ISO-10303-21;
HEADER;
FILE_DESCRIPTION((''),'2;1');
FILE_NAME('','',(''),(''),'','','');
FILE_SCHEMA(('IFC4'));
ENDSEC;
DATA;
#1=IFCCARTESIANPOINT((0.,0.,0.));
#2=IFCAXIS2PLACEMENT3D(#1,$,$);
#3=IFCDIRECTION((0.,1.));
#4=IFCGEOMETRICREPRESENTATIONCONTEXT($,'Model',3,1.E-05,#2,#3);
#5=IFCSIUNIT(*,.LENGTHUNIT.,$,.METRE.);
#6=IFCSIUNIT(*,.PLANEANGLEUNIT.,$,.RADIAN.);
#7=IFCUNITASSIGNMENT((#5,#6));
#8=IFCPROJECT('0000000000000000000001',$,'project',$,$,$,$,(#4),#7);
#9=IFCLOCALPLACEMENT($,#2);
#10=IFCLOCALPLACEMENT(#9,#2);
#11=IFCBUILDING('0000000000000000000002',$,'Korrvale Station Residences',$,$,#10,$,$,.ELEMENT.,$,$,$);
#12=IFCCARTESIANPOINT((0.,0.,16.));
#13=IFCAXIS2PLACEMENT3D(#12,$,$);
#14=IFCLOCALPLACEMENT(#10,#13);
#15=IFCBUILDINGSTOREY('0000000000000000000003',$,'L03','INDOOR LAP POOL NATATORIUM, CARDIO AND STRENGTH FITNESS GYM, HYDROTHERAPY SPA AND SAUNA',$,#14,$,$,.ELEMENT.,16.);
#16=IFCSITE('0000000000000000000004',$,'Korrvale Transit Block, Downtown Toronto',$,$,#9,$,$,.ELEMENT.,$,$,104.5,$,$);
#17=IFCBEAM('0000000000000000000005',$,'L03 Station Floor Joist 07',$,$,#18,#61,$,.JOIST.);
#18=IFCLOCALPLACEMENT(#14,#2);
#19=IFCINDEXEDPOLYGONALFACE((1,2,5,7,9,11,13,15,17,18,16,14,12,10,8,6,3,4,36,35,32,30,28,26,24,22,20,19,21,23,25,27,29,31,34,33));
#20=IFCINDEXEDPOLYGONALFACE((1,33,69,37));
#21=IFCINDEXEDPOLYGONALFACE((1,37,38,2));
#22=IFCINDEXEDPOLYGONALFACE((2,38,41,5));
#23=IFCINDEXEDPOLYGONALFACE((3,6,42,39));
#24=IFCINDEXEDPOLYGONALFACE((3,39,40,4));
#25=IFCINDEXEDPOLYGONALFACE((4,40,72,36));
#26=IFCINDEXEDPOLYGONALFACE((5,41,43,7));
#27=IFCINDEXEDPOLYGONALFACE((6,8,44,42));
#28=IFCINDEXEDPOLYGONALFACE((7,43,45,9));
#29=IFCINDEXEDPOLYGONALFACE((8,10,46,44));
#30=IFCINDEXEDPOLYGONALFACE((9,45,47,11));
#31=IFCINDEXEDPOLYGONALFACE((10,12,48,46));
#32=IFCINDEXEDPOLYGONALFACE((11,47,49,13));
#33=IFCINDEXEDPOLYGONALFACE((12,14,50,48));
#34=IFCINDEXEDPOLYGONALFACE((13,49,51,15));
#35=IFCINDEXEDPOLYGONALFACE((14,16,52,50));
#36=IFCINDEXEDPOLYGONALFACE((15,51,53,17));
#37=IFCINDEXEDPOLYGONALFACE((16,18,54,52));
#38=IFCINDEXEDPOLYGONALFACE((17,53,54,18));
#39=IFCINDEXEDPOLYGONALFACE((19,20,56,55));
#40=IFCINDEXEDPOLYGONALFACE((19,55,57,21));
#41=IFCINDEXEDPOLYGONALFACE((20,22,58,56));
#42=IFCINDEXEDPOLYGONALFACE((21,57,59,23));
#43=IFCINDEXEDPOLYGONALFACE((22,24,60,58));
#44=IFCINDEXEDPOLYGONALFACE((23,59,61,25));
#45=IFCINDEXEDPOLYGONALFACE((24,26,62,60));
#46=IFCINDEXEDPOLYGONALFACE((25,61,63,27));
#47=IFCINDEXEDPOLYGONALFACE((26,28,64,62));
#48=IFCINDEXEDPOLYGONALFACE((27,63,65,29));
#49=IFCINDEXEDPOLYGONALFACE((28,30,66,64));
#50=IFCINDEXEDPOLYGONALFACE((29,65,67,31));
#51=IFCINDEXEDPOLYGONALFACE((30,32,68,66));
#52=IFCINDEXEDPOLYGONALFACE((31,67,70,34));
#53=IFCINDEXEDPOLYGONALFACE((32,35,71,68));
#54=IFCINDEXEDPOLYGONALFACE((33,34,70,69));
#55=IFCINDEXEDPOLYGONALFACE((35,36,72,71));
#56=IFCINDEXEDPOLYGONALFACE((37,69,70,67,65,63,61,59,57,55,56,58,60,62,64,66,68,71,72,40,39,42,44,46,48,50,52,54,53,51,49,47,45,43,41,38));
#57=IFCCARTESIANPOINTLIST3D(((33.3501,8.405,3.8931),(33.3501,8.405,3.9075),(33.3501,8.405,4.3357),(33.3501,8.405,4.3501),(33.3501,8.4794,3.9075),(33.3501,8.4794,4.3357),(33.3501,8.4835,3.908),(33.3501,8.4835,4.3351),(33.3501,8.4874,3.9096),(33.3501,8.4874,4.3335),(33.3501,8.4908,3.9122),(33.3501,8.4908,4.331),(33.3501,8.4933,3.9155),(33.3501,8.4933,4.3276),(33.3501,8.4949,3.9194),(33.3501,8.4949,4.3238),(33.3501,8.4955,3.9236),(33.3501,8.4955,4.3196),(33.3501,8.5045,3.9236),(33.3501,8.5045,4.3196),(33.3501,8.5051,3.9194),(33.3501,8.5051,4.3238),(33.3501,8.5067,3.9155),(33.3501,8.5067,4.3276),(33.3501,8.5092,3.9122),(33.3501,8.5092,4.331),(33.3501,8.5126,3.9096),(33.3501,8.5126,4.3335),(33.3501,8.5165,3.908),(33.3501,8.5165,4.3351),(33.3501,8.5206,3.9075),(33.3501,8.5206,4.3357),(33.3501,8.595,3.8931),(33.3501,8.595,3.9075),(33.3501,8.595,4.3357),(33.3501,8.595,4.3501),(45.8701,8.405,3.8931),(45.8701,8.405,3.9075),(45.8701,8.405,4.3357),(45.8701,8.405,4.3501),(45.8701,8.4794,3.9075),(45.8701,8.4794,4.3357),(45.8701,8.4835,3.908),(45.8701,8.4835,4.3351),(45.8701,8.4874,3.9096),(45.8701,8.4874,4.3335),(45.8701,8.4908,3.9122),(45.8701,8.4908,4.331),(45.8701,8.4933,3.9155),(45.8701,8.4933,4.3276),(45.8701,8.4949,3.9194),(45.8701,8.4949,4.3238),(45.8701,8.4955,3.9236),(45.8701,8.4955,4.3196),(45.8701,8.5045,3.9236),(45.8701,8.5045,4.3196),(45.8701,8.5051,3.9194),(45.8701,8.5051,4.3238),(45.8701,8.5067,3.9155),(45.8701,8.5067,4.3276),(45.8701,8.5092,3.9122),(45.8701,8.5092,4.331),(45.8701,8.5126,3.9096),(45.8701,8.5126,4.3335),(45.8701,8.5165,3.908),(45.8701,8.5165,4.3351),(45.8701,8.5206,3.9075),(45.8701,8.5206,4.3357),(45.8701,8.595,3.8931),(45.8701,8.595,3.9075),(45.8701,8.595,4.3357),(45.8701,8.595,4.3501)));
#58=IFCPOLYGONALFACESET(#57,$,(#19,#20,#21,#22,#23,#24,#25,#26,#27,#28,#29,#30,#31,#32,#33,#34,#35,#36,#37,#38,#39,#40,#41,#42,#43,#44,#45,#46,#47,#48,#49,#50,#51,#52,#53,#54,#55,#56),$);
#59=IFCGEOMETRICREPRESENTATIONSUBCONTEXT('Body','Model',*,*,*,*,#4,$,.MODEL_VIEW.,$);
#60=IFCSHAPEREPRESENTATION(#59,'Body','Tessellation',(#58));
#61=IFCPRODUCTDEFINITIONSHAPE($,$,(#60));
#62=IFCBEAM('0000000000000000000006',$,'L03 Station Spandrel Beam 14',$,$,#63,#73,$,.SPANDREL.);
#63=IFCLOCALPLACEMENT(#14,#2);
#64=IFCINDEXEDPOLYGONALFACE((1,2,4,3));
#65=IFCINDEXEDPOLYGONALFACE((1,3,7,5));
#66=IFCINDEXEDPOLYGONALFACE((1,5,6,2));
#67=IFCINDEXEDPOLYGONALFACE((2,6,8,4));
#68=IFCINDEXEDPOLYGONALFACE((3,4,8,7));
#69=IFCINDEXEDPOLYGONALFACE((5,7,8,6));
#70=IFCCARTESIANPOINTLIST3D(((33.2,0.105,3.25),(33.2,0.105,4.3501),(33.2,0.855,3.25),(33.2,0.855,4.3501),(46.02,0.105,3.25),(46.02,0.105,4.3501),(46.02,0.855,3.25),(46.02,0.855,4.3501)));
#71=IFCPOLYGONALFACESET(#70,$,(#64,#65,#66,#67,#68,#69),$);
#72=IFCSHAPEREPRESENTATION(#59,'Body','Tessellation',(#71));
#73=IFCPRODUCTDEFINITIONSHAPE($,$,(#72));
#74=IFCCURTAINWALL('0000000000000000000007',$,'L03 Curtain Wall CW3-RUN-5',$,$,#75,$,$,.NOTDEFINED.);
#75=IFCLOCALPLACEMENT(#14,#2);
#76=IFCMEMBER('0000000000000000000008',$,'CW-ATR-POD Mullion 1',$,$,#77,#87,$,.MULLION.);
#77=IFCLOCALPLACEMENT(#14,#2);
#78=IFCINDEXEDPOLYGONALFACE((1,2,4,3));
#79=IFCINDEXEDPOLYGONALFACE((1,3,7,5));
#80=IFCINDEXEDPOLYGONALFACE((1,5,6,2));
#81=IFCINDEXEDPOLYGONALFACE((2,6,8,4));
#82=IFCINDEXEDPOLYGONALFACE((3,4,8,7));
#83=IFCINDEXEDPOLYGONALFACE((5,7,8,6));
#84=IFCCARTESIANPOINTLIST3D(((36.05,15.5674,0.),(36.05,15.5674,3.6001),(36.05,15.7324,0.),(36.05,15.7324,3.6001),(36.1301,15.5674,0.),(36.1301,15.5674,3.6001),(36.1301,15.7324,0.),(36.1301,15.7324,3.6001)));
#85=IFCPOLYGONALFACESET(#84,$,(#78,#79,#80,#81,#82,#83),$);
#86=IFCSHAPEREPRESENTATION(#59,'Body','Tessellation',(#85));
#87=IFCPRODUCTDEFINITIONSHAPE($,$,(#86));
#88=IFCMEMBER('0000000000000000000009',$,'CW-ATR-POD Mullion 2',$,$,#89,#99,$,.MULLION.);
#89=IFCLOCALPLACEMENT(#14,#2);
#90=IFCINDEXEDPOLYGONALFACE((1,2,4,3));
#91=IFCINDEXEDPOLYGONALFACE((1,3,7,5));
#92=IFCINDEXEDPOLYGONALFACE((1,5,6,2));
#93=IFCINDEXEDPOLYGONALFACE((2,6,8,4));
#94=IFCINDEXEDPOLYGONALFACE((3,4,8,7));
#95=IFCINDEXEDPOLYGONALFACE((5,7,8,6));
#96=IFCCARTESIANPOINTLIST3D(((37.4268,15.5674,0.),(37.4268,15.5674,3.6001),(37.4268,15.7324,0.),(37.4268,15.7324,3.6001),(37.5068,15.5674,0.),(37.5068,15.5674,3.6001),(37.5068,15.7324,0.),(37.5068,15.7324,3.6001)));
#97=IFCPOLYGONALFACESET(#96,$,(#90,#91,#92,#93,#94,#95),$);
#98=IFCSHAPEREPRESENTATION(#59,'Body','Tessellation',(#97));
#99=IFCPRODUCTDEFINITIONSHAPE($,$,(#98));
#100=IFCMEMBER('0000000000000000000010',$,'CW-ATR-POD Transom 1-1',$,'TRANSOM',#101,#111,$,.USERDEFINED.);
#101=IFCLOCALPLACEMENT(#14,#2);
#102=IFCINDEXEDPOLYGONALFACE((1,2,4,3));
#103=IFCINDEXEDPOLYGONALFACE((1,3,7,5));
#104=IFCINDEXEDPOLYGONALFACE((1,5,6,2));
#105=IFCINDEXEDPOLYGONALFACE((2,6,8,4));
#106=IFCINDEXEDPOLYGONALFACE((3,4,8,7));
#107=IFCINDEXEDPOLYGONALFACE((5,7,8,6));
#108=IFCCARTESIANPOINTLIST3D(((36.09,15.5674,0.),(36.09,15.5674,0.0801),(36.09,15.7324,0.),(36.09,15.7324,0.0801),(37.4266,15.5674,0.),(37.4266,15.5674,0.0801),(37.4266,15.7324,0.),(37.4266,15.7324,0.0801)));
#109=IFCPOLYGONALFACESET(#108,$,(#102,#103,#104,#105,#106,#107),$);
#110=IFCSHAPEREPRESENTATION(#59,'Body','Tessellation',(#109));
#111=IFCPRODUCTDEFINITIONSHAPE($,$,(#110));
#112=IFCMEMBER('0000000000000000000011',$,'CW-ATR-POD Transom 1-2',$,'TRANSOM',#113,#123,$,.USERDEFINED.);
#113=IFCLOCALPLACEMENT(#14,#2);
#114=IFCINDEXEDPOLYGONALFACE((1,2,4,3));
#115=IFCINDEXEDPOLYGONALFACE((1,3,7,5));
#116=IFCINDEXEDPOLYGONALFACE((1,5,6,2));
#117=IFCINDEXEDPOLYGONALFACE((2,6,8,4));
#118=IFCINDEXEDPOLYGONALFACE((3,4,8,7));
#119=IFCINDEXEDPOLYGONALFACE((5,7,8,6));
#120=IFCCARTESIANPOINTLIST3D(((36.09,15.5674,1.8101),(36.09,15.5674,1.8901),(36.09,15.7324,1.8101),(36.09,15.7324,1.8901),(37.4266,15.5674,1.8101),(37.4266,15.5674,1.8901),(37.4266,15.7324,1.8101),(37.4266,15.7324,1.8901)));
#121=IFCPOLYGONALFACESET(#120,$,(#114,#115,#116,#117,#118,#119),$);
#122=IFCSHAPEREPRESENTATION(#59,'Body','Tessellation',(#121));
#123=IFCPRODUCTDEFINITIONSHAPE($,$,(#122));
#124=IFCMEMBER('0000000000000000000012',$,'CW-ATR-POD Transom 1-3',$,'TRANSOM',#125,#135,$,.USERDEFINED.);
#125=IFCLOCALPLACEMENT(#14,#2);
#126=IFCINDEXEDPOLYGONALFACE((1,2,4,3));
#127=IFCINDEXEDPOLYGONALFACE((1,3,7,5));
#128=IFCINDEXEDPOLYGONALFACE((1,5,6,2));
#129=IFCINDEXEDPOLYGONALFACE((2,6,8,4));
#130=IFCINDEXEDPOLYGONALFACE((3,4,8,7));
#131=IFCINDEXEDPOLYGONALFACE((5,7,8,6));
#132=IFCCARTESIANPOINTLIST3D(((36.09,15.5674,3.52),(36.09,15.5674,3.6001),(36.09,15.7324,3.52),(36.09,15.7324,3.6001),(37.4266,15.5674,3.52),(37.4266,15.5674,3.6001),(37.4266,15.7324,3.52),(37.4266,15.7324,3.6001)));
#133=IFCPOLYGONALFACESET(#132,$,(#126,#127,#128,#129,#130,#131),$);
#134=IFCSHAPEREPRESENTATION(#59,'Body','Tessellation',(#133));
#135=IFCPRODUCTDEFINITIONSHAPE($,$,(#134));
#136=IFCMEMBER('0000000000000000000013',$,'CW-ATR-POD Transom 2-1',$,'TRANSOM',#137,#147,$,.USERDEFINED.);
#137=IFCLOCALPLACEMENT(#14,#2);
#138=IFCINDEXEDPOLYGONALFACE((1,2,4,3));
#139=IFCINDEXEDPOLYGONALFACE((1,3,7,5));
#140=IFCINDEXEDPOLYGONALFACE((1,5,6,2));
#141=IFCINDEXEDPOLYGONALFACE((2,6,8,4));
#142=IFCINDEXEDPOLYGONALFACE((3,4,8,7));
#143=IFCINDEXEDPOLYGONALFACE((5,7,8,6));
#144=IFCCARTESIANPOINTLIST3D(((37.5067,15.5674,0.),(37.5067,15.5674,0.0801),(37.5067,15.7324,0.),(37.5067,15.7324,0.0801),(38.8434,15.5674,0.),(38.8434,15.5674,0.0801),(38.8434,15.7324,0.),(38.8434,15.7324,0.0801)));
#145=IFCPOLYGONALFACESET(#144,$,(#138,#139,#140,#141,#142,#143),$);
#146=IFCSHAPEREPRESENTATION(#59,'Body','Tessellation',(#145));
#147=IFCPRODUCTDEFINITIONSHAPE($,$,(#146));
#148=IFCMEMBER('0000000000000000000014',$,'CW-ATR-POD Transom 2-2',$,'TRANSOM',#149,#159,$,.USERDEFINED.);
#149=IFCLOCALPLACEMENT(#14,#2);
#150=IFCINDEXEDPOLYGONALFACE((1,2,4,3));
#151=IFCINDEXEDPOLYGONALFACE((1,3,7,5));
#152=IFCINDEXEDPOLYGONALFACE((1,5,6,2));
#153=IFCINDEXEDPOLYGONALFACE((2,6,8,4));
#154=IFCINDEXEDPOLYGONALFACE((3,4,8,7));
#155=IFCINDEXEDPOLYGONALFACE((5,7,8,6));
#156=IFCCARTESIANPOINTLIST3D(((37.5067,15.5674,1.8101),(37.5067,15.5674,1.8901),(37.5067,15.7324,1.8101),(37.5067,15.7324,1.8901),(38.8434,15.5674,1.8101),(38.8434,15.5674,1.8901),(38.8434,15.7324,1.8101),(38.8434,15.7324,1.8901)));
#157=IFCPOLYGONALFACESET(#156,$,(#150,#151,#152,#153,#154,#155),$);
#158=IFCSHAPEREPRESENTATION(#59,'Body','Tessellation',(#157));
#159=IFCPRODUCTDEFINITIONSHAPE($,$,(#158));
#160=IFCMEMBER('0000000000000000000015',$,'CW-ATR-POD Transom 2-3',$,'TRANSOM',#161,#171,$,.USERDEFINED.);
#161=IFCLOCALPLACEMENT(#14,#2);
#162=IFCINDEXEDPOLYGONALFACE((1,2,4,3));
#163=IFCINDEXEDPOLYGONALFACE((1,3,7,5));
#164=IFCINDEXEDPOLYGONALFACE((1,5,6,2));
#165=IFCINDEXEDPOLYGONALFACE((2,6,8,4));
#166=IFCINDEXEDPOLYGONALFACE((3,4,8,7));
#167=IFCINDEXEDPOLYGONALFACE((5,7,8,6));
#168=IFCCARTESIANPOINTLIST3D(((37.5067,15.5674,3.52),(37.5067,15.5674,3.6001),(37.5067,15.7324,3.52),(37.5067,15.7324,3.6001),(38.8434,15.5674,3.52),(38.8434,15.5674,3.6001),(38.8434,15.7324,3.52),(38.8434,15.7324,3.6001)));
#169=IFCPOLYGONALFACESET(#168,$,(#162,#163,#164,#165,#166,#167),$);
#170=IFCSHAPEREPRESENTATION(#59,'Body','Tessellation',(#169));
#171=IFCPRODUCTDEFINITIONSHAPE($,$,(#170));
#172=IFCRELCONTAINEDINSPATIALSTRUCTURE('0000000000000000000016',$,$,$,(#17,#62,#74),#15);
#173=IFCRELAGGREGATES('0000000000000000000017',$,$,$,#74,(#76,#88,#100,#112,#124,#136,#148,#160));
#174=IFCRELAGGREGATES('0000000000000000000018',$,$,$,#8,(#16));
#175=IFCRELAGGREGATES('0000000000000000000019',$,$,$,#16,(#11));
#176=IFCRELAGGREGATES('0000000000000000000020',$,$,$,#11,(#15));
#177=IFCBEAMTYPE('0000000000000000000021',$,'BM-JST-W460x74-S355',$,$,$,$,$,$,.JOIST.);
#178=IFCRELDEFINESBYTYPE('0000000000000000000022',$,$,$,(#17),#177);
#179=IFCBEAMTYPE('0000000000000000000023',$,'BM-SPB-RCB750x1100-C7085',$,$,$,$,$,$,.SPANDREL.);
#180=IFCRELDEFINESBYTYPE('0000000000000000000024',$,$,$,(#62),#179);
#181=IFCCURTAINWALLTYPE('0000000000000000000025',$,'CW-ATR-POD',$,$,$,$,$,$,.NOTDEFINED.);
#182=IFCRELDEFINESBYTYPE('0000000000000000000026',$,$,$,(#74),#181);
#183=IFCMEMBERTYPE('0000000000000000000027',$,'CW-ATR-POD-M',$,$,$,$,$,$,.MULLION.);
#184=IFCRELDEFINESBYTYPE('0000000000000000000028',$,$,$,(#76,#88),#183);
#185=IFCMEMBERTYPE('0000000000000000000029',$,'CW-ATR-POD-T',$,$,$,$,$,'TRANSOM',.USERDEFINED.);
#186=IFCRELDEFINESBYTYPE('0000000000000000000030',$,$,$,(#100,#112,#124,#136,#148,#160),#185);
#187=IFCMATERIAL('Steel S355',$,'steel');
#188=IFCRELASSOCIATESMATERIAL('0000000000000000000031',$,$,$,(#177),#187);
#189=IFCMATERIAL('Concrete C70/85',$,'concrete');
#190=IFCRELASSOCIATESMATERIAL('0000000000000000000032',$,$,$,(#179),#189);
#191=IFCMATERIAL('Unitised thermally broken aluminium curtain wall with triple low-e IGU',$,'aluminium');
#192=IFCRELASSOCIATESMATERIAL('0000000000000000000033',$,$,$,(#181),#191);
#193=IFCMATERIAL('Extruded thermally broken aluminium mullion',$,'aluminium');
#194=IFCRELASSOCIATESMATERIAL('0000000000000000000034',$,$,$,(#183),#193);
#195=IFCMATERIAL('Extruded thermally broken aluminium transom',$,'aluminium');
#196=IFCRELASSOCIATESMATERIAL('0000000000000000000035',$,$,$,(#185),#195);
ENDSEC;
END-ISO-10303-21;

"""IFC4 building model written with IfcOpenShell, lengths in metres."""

from ifc_helpers import new_model, si_unit, direction, frame, origin, origin_2d, place, context, subcontext, project, spatial, rectangle, i_section, extrude, material, material_profile, profile_set, type_object, element, aggregate, save


model = new_model("IFC4")

# Units and contexts
model_context = context("Model", 3, precision=1e-05, world=origin(), true_north=direction((0.0, 1.0)))
body_context = subcontext(model_context, "Body", "Model", "MODEL_VIEW")
ifc_project = project(units=[si_unit("LENGTHUNIT", "METRE"), si_unit("PLANEANGLEUNIT", "RADIAN")], contexts=[model_context])

# Site, building, storey
site_placement = place(None, origin())
site = spatial("IfcSite", under=ifc_project, at=site_placement, Name="Korrvale Transit Block, Downtown Toronto", CompositionType="ELEMENT", RefElevation=104.5)
building_placement = place(site_placement, origin())
building = spatial("IfcBuilding", under=site, at=building_placement, Name="Korrvale Station Residences", CompositionType="ELEMENT")
storey_placement = place(building_placement, frame((0.0, 0.0, 16.0)))
storey = spatial("IfcBuildingStorey", under=building, at=storey_placement, Name="L03", Description="INDOOR LAP POOL NATATORIUM, CARDIO AND STRENGTH FITNESS GYM, HYDROTHERAPY SPA AND SAUNA", CompositionType="ELEMENT", Elevation=16.0)

# Shared definitions
ifc_material_1 = material(Name="Concrete C70/85", Category="concrete")

# Beams
ifc_material_2 = material(Name="Steel S355", Category="steel")
ifc_material_profile_1 = material_profile(ifc_material_2, i_section(OverallWidth=0.1899, OverallDepth=0.457, WebThickness=0.009, FlangeThickness=0.0144, FilletRadius=0.0161, at=origin_2d()), Name="W460x74")
ifc_profile_set_1 = profile_set([ifc_material_profile_1], Name="Steel S355")
beam_type_1 = type_object("IfcBeamType", Name="BM-JST-W460x74-S355", PredefinedType="JOIST", material=ifc_profile_set_1)
beam_1_placement = place(storey_placement, frame((33.3501, 8.5, 4.1216), z_axis=(1.0, 0.0, 0.0), x_axis=(0.0, 1.0, 0.0)))
element("IfcBeam", 1, at=beam_1_placement, inside=storey, type_object=beam_type_1, Name="L03 Station Floor Joist 07", PredefinedType="JOIST", context=body_context, shape_type="SweptSolid", body=[
    extrude(i_section(OverallWidth=0.1899, OverallDepth=0.457, WebThickness=0.009, FlangeThickness=0.0144, FilletRadius=0.0161, at=origin_2d()), origin(), (0.0, 0.0, 1.0), 12.52),
])
ifc_material_profile_2 = material_profile(ifc_material_1, rectangle(XDim=0.75, YDim=1.1001, at=origin_2d()), Name="RCB750x1100")
ifc_profile_set_2 = profile_set([ifc_material_profile_2], Name="Concrete C70/85")
beam_type_2 = type_object("IfcBeamType", Name="BM-SPB-RCB750x1100-C7085", PredefinedType="SPANDREL", material=ifc_profile_set_2)
beam_2_placement = place(storey_placement, frame((33.2, 0.48, 3.8), z_axis=(1.0, 0.0, 0.0), x_axis=(0.0, 1.0, 0.0)))
element("IfcBeam", 2, at=beam_2_placement, inside=storey, type_object=beam_type_2, Name="L03 Station Spandrel Beam 14", PredefinedType="SPANDREL", context=body_context, shape_type="SweptSolid", body=[
    extrude(rectangle(XDim=0.75, YDim=1.1001, at=origin_2d()), origin(), (0.0, 0.0, 1.0), 12.8201),
])

# Curtain wall, members
ifc_material_3 = material(Name="Unitised thermally broken aluminium curtain wall with triple low-e IGU", Category="aluminium")
curtain_wall_type = type_object("IfcCurtainWallType", Name="CW-ATR-POD", PredefinedType="NOTDEFINED", material=ifc_material_3)
curtain_wall_placement = place(storey_placement, origin())
curtain_wall = element("IfcCurtainWall", 3, at=curtain_wall_placement, inside=storey, type_object=curtain_wall_type, Name="L03 Curtain Wall CW3-RUN-5", PredefinedType="NOTDEFINED")
ifc_material_4 = material(Name="Extruded thermally broken aluminium mullion", Category="aluminium")
member_type_1 = type_object("IfcMemberType", Name="CW-ATR-POD-M", PredefinedType="MULLION", material=ifc_material_4)
member_1_placement = place(storey_placement, frame((36.0901, 15.6499, 0.0), z_axis=(0.0, 0.0, 1.0), x_axis=(1.0, 0.0, 0.0)))
member_1 = element("IfcMember", 4, at=member_1_placement, type_object=member_type_1, Name="CW-ATR-POD Mullion 1", PredefinedType="MULLION", context=body_context, shape_type="SweptSolid", body=[
    extrude(rectangle(XDim=0.0801, YDim=0.165, at=origin_2d()), origin(), (0.0, 0.0, 1.0), 3.6001),
])
member_2_placement = place(storey_placement, frame((37.4668, 15.6499, 0.0), z_axis=(0.0, 0.0, 1.0), x_axis=(1.0, 0.0, 0.0)))
member_2 = element("IfcMember", 5, at=member_2_placement, type_object=member_type_1, Name="CW-ATR-POD Mullion 2", PredefinedType="MULLION", context=body_context, shape_type="SweptSolid", body=[
    extrude(rectangle(XDim=0.0801, YDim=0.165, at=origin_2d()), origin(), (0.0, 0.0, 1.0), 3.6001),
])
ifc_material_5 = material(Name="Extruded thermally broken aluminium transom", Category="aluminium")
member_type_2 = type_object("IfcMemberType", Name="CW-ATR-POD-T", ElementType="TRANSOM", PredefinedType="USERDEFINED", material=ifc_material_5)
member_3_placement = place(storey_placement, frame((36.7583, 15.6499, 0.0), z_axis=(0.0, 0.0, 1.0), x_axis=(1.0, 0.0, 0.0)))
member_3 = element("IfcMember", 6, at=member_3_placement, type_object=member_type_2, Name="CW-ATR-POD Transom 1-1", ObjectType="TRANSOM", PredefinedType="USERDEFINED", context=body_context, shape_type="SweptSolid", body=[
    extrude(rectangle(XDim=1.3367, YDim=0.165, at=origin_2d()), origin(), (0.0, 0.0, 1.0), 0.0801),
])
member_4_placement = place(storey_placement, frame((36.7583, 15.6499, 1.8101), z_axis=(0.0, 0.0, 1.0), x_axis=(1.0, 0.0, 0.0)))
member_4 = element("IfcMember", 7, at=member_4_placement, type_object=member_type_2, Name="CW-ATR-POD Transom 1-2", ObjectType="TRANSOM", PredefinedType="USERDEFINED", context=body_context, shape_type="SweptSolid", body=[
    extrude(rectangle(XDim=1.3367, YDim=0.165, at=origin_2d()), origin(), (0.0, 0.0, 1.0), 0.0801),
])
member_5_placement = place(storey_placement, frame((36.7583, 15.6499, 3.52), z_axis=(0.0, 0.0, 1.0), x_axis=(1.0, 0.0, 0.0)))
member_5 = element("IfcMember", 8, at=member_5_placement, type_object=member_type_2, Name="CW-ATR-POD Transom 1-3", ObjectType="TRANSOM", PredefinedType="USERDEFINED", context=body_context, shape_type="SweptSolid", body=[
    extrude(rectangle(XDim=1.3367, YDim=0.165, at=origin_2d()), origin(), (0.0, 0.0, 1.0), 0.0801),
])
member_6_placement = place(storey_placement, frame((38.175, 15.6499, 0.0), z_axis=(0.0, 0.0, 1.0), x_axis=(1.0, 0.0, 0.0)))
member_6 = element("IfcMember", 9, at=member_6_placement, type_object=member_type_2, Name="CW-ATR-POD Transom 2-1", ObjectType="TRANSOM", PredefinedType="USERDEFINED", context=body_context, shape_type="SweptSolid", body=[
    extrude(rectangle(XDim=1.3367, YDim=0.165, at=origin_2d()), origin(), (0.0, 0.0, 1.0), 0.0801),
])
member_7_placement = place(storey_placement, frame((38.175, 15.6499, 1.8101), z_axis=(0.0, 0.0, 1.0), x_axis=(1.0, 0.0, 0.0)))
member_7 = element("IfcMember", 10, at=member_7_placement, type_object=member_type_2, Name="CW-ATR-POD Transom 2-2", ObjectType="TRANSOM", PredefinedType="USERDEFINED", context=body_context, shape_type="SweptSolid", body=[
    extrude(rectangle(XDim=1.3367, YDim=0.165, at=origin_2d()), origin(), (0.0, 0.0, 1.0), 0.0801),
])
member_8_placement = place(storey_placement, frame((38.175, 15.6499, 3.52), z_axis=(0.0, 0.0, 1.0), x_axis=(1.0, 0.0, 0.0)))
member_8 = element("IfcMember", 11, at=member_8_placement, type_object=member_type_2, Name="CW-ATR-POD Transom 2-3", ObjectType="TRANSOM", PredefinedType="USERDEFINED", context=body_context, shape_type="SweptSolid", body=[
    extrude(rectangle(XDim=1.3367, YDim=0.165, at=origin_2d()), origin(), (0.0, 0.0, 1.0), 0.0801),
])

aggregate(curtain_wall, [member_1, member_2, member_3, member_4, member_5, member_6, member_7, member_8])

save(model, "model.ifc")
